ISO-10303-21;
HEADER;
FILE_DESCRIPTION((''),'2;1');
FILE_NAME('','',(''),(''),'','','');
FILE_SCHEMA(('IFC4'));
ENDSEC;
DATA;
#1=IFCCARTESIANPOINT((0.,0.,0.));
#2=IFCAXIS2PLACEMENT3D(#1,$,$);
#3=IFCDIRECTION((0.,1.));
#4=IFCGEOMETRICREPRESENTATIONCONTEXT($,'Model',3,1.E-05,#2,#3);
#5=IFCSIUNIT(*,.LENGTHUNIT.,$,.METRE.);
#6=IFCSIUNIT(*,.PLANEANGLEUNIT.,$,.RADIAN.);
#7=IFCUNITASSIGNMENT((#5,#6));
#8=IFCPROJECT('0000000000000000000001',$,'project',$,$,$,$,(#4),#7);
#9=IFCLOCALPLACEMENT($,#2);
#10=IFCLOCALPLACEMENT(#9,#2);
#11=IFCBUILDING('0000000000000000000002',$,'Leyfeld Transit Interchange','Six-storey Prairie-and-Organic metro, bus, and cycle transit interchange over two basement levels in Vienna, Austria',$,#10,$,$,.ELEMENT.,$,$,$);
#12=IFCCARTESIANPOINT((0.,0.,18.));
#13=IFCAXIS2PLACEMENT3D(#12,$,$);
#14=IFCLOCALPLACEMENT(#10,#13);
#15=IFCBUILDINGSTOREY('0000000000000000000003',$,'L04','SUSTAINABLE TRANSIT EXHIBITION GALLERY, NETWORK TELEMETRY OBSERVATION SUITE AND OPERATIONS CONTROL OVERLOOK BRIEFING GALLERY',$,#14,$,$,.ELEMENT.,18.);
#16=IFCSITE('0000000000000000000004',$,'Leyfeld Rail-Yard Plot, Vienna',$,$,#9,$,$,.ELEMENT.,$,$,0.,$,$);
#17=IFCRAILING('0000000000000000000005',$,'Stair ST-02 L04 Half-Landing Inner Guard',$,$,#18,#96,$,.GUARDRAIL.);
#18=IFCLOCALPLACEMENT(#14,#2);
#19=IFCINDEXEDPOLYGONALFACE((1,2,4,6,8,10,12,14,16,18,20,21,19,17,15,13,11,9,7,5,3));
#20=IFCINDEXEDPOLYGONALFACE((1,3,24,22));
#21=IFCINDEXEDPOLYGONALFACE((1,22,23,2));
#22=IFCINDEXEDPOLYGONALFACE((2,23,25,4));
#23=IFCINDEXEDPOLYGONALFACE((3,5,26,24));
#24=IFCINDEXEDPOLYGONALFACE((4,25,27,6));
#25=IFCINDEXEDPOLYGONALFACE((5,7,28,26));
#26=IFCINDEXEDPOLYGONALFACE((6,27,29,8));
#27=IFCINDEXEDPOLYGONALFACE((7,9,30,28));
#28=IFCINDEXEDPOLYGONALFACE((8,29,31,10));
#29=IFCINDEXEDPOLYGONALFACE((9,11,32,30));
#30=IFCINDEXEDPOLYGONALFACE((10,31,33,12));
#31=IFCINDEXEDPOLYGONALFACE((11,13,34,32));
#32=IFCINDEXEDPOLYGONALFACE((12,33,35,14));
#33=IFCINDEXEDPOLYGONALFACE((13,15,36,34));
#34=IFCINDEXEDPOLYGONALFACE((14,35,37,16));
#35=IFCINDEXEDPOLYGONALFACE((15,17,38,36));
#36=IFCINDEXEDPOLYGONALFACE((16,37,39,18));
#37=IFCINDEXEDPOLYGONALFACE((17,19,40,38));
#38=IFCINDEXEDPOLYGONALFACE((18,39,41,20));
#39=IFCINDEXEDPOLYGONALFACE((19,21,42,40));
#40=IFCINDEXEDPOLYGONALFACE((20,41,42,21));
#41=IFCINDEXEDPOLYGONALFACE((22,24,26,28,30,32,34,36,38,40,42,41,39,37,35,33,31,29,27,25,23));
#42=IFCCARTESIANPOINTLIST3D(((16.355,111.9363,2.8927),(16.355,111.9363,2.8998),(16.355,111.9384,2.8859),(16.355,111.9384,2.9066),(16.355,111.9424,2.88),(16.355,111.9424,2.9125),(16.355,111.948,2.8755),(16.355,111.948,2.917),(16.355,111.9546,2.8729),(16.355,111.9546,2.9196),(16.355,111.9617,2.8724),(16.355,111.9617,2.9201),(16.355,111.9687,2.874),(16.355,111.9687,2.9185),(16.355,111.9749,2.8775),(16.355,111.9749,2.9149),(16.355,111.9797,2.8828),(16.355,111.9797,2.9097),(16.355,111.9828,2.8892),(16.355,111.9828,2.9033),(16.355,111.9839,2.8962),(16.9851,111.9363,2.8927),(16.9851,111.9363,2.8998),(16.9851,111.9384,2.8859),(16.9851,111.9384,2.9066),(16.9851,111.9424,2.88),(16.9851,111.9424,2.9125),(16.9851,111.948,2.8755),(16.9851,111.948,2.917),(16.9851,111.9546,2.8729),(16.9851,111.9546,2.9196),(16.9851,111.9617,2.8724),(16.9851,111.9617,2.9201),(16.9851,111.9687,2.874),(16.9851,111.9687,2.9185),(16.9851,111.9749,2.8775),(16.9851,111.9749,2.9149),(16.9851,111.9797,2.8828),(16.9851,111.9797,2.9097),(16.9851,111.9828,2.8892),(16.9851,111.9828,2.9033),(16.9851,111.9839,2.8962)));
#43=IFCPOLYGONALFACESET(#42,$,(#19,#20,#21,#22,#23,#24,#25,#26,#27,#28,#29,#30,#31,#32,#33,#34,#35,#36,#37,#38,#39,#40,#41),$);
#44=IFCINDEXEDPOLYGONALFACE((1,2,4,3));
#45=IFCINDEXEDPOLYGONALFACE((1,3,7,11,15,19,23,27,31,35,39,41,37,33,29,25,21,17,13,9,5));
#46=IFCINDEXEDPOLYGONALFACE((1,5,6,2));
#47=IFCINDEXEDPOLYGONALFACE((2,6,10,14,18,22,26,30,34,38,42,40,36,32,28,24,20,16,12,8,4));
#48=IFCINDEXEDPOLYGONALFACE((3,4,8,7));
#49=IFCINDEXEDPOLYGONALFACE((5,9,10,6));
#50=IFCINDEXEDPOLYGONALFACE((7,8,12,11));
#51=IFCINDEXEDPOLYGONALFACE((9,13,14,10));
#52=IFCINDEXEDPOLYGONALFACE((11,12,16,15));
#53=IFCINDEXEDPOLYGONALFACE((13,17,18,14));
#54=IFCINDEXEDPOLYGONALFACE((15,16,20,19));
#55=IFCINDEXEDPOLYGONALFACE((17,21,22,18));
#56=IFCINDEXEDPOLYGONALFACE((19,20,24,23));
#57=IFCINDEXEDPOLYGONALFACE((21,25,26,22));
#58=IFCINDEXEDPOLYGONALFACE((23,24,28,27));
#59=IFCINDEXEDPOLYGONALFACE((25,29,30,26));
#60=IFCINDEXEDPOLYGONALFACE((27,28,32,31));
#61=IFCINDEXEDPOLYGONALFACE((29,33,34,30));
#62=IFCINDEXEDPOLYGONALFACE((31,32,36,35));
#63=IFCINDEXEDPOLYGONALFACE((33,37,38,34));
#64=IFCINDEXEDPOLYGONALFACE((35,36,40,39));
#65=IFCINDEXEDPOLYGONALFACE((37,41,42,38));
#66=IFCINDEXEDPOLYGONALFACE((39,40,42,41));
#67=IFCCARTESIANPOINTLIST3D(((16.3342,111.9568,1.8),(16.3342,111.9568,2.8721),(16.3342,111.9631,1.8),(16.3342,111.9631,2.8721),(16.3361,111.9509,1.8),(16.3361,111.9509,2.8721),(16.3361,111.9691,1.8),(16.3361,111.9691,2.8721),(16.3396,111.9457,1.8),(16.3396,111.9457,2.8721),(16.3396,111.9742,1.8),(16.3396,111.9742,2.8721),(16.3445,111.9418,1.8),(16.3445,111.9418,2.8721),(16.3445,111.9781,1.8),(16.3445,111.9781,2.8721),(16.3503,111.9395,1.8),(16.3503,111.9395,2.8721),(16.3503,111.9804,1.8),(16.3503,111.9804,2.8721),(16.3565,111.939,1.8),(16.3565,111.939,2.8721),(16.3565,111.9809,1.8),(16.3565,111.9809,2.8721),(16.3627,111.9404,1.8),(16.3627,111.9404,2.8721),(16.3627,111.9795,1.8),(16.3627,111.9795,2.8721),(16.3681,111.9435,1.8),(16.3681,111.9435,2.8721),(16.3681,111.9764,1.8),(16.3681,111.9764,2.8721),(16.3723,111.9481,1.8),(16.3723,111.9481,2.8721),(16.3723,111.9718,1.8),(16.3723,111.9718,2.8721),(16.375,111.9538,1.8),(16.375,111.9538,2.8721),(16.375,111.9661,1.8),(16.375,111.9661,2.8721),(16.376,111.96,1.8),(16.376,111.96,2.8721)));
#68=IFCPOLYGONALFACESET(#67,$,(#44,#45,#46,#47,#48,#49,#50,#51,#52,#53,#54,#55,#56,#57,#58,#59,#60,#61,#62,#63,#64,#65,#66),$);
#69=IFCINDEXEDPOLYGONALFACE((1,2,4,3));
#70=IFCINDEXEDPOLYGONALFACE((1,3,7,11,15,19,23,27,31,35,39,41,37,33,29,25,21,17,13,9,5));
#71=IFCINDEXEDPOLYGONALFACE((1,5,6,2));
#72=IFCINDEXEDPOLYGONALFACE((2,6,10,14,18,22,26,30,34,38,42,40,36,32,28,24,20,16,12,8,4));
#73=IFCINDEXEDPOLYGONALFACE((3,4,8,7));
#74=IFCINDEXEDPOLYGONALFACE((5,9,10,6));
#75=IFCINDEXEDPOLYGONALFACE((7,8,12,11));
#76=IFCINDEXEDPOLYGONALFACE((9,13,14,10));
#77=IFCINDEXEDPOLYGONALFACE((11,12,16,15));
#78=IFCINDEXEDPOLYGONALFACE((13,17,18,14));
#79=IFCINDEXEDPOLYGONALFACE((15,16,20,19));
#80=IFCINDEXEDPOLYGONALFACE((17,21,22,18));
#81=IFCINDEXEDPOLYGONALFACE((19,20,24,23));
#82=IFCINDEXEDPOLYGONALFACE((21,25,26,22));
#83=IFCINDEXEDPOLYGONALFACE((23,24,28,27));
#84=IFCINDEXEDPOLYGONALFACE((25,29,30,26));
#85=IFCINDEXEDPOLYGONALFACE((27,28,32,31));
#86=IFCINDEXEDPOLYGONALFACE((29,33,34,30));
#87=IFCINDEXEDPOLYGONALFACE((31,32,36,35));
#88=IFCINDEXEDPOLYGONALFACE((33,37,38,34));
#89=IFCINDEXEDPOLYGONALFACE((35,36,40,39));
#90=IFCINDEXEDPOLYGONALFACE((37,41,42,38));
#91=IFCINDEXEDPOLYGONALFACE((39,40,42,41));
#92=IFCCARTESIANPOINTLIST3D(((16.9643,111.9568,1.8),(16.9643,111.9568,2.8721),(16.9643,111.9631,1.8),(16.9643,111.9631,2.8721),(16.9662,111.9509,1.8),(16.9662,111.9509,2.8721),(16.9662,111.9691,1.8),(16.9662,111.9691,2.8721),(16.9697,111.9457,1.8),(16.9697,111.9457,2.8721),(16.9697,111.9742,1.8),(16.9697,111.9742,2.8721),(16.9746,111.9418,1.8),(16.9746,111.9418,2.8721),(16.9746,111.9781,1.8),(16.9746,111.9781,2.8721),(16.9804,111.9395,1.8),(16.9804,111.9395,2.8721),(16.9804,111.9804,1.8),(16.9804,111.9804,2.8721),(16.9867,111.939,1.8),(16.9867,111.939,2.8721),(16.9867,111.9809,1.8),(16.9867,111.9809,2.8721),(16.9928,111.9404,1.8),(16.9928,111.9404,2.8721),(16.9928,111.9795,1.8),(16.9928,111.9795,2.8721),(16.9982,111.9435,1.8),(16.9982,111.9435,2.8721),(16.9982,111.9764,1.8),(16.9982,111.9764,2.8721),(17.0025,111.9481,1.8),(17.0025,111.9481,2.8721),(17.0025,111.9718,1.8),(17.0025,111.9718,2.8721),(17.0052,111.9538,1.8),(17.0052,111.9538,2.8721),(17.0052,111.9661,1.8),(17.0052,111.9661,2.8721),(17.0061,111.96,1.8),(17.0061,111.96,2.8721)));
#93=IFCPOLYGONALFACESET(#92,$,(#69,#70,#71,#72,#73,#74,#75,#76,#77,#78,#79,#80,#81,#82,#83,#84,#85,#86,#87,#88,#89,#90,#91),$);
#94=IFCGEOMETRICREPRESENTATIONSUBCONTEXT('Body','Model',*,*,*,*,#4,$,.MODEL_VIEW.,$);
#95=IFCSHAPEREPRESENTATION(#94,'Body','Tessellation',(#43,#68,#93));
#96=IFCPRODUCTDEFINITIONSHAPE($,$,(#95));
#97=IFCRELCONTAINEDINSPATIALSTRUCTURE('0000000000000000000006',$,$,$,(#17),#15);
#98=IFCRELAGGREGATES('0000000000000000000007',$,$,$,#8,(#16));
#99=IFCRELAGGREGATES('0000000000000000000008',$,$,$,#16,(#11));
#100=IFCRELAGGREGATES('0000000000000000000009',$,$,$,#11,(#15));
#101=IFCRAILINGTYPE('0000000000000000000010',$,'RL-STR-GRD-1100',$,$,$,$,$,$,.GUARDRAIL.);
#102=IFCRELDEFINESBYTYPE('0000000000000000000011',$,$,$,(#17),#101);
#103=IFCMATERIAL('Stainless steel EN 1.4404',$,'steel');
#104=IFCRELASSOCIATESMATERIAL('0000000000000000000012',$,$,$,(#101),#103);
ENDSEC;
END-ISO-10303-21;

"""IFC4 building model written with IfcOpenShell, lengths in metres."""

from ifc_helpers import new_model, si_unit, direction, frame, origin, origin_2d, place, context, subcontext, project, spatial, circle, extrude, material, type_object, element, save


model = new_model("IFC4")

# Units and contexts
model_context = context("Model", 3, precision=1e-05, world=origin(), true_north=direction((0.0, 1.0)))
body_context = subcontext(model_context, "Body", "Model", "MODEL_VIEW")
ifc_project = project(units=[si_unit("LENGTHUNIT", "METRE"), si_unit("PLANEANGLEUNIT", "RADIAN")], contexts=[model_context])

# Site, building, storey
site_placement = place(None, origin())
site = spatial("IfcSite", under=ifc_project, at=site_placement, Name="Leyfeld Rail-Yard Plot, Vienna", CompositionType="ELEMENT", RefElevation=0.0)
building_placement = place(site_placement, origin())
building = spatial("IfcBuilding", under=site, at=building_placement, Name="Leyfeld Transit Interchange", Description="Six-storey Prairie-and-Organic metro, bus, and cycle transit interchange over two basement levels in Vienna, Austria", CompositionType="ELEMENT")
storey_placement = place(building_placement, frame((0.0, 0.0, 18.0)))
storey = spatial("IfcBuildingStorey", under=building, at=storey_placement, Name="L04", Description="SUSTAINABLE TRANSIT EXHIBITION GALLERY, NETWORK TELEMETRY OBSERVATION SUITE AND OPERATIONS CONTROL OVERLOOK BRIEFING GALLERY", CompositionType="ELEMENT", Elevation=18.0)

# Railing
ifc_material_1 = material(Name="Stainless steel EN 1.4404", Category="steel")
railing_type_1 = type_object("IfcRailingType", Name="RL-STR-GRD-1100", PredefinedType="GUARDRAIL", material=ifc_material_1)
railing_1_placement = place(storey_placement, frame((16.355, 111.96, 1.8)))
element("IfcRailing", 1, at=railing_1_placement, inside=storey, type_object=railing_type_1, Name="Stair ST-02 L04 Half-Landing Inner Guard", PredefinedType="GUARDRAIL", context=body_context, shape_type="SweptSolid", body=[
    extrude(circle(Radius=0.0239, at=origin_2d()), frame((0.0, 0.0, 1.0962), z_axis=(1.0, 0.0, 0.0), x_axis=(0.0, 1.0, 0.0)), (0.0, 0.0, 1.0), 0.6301),
    extrude(circle(Radius=0.021, at=origin_2d()), origin(), (0.0, 0.0, 1.0), 1.072),
    extrude(circle(Radius=0.021, at=origin_2d()), frame((0.6301, 0.0, 0.0)), (0.0, 0.0, 1.0), 1.072),
])

save(model, "model.ifc")
